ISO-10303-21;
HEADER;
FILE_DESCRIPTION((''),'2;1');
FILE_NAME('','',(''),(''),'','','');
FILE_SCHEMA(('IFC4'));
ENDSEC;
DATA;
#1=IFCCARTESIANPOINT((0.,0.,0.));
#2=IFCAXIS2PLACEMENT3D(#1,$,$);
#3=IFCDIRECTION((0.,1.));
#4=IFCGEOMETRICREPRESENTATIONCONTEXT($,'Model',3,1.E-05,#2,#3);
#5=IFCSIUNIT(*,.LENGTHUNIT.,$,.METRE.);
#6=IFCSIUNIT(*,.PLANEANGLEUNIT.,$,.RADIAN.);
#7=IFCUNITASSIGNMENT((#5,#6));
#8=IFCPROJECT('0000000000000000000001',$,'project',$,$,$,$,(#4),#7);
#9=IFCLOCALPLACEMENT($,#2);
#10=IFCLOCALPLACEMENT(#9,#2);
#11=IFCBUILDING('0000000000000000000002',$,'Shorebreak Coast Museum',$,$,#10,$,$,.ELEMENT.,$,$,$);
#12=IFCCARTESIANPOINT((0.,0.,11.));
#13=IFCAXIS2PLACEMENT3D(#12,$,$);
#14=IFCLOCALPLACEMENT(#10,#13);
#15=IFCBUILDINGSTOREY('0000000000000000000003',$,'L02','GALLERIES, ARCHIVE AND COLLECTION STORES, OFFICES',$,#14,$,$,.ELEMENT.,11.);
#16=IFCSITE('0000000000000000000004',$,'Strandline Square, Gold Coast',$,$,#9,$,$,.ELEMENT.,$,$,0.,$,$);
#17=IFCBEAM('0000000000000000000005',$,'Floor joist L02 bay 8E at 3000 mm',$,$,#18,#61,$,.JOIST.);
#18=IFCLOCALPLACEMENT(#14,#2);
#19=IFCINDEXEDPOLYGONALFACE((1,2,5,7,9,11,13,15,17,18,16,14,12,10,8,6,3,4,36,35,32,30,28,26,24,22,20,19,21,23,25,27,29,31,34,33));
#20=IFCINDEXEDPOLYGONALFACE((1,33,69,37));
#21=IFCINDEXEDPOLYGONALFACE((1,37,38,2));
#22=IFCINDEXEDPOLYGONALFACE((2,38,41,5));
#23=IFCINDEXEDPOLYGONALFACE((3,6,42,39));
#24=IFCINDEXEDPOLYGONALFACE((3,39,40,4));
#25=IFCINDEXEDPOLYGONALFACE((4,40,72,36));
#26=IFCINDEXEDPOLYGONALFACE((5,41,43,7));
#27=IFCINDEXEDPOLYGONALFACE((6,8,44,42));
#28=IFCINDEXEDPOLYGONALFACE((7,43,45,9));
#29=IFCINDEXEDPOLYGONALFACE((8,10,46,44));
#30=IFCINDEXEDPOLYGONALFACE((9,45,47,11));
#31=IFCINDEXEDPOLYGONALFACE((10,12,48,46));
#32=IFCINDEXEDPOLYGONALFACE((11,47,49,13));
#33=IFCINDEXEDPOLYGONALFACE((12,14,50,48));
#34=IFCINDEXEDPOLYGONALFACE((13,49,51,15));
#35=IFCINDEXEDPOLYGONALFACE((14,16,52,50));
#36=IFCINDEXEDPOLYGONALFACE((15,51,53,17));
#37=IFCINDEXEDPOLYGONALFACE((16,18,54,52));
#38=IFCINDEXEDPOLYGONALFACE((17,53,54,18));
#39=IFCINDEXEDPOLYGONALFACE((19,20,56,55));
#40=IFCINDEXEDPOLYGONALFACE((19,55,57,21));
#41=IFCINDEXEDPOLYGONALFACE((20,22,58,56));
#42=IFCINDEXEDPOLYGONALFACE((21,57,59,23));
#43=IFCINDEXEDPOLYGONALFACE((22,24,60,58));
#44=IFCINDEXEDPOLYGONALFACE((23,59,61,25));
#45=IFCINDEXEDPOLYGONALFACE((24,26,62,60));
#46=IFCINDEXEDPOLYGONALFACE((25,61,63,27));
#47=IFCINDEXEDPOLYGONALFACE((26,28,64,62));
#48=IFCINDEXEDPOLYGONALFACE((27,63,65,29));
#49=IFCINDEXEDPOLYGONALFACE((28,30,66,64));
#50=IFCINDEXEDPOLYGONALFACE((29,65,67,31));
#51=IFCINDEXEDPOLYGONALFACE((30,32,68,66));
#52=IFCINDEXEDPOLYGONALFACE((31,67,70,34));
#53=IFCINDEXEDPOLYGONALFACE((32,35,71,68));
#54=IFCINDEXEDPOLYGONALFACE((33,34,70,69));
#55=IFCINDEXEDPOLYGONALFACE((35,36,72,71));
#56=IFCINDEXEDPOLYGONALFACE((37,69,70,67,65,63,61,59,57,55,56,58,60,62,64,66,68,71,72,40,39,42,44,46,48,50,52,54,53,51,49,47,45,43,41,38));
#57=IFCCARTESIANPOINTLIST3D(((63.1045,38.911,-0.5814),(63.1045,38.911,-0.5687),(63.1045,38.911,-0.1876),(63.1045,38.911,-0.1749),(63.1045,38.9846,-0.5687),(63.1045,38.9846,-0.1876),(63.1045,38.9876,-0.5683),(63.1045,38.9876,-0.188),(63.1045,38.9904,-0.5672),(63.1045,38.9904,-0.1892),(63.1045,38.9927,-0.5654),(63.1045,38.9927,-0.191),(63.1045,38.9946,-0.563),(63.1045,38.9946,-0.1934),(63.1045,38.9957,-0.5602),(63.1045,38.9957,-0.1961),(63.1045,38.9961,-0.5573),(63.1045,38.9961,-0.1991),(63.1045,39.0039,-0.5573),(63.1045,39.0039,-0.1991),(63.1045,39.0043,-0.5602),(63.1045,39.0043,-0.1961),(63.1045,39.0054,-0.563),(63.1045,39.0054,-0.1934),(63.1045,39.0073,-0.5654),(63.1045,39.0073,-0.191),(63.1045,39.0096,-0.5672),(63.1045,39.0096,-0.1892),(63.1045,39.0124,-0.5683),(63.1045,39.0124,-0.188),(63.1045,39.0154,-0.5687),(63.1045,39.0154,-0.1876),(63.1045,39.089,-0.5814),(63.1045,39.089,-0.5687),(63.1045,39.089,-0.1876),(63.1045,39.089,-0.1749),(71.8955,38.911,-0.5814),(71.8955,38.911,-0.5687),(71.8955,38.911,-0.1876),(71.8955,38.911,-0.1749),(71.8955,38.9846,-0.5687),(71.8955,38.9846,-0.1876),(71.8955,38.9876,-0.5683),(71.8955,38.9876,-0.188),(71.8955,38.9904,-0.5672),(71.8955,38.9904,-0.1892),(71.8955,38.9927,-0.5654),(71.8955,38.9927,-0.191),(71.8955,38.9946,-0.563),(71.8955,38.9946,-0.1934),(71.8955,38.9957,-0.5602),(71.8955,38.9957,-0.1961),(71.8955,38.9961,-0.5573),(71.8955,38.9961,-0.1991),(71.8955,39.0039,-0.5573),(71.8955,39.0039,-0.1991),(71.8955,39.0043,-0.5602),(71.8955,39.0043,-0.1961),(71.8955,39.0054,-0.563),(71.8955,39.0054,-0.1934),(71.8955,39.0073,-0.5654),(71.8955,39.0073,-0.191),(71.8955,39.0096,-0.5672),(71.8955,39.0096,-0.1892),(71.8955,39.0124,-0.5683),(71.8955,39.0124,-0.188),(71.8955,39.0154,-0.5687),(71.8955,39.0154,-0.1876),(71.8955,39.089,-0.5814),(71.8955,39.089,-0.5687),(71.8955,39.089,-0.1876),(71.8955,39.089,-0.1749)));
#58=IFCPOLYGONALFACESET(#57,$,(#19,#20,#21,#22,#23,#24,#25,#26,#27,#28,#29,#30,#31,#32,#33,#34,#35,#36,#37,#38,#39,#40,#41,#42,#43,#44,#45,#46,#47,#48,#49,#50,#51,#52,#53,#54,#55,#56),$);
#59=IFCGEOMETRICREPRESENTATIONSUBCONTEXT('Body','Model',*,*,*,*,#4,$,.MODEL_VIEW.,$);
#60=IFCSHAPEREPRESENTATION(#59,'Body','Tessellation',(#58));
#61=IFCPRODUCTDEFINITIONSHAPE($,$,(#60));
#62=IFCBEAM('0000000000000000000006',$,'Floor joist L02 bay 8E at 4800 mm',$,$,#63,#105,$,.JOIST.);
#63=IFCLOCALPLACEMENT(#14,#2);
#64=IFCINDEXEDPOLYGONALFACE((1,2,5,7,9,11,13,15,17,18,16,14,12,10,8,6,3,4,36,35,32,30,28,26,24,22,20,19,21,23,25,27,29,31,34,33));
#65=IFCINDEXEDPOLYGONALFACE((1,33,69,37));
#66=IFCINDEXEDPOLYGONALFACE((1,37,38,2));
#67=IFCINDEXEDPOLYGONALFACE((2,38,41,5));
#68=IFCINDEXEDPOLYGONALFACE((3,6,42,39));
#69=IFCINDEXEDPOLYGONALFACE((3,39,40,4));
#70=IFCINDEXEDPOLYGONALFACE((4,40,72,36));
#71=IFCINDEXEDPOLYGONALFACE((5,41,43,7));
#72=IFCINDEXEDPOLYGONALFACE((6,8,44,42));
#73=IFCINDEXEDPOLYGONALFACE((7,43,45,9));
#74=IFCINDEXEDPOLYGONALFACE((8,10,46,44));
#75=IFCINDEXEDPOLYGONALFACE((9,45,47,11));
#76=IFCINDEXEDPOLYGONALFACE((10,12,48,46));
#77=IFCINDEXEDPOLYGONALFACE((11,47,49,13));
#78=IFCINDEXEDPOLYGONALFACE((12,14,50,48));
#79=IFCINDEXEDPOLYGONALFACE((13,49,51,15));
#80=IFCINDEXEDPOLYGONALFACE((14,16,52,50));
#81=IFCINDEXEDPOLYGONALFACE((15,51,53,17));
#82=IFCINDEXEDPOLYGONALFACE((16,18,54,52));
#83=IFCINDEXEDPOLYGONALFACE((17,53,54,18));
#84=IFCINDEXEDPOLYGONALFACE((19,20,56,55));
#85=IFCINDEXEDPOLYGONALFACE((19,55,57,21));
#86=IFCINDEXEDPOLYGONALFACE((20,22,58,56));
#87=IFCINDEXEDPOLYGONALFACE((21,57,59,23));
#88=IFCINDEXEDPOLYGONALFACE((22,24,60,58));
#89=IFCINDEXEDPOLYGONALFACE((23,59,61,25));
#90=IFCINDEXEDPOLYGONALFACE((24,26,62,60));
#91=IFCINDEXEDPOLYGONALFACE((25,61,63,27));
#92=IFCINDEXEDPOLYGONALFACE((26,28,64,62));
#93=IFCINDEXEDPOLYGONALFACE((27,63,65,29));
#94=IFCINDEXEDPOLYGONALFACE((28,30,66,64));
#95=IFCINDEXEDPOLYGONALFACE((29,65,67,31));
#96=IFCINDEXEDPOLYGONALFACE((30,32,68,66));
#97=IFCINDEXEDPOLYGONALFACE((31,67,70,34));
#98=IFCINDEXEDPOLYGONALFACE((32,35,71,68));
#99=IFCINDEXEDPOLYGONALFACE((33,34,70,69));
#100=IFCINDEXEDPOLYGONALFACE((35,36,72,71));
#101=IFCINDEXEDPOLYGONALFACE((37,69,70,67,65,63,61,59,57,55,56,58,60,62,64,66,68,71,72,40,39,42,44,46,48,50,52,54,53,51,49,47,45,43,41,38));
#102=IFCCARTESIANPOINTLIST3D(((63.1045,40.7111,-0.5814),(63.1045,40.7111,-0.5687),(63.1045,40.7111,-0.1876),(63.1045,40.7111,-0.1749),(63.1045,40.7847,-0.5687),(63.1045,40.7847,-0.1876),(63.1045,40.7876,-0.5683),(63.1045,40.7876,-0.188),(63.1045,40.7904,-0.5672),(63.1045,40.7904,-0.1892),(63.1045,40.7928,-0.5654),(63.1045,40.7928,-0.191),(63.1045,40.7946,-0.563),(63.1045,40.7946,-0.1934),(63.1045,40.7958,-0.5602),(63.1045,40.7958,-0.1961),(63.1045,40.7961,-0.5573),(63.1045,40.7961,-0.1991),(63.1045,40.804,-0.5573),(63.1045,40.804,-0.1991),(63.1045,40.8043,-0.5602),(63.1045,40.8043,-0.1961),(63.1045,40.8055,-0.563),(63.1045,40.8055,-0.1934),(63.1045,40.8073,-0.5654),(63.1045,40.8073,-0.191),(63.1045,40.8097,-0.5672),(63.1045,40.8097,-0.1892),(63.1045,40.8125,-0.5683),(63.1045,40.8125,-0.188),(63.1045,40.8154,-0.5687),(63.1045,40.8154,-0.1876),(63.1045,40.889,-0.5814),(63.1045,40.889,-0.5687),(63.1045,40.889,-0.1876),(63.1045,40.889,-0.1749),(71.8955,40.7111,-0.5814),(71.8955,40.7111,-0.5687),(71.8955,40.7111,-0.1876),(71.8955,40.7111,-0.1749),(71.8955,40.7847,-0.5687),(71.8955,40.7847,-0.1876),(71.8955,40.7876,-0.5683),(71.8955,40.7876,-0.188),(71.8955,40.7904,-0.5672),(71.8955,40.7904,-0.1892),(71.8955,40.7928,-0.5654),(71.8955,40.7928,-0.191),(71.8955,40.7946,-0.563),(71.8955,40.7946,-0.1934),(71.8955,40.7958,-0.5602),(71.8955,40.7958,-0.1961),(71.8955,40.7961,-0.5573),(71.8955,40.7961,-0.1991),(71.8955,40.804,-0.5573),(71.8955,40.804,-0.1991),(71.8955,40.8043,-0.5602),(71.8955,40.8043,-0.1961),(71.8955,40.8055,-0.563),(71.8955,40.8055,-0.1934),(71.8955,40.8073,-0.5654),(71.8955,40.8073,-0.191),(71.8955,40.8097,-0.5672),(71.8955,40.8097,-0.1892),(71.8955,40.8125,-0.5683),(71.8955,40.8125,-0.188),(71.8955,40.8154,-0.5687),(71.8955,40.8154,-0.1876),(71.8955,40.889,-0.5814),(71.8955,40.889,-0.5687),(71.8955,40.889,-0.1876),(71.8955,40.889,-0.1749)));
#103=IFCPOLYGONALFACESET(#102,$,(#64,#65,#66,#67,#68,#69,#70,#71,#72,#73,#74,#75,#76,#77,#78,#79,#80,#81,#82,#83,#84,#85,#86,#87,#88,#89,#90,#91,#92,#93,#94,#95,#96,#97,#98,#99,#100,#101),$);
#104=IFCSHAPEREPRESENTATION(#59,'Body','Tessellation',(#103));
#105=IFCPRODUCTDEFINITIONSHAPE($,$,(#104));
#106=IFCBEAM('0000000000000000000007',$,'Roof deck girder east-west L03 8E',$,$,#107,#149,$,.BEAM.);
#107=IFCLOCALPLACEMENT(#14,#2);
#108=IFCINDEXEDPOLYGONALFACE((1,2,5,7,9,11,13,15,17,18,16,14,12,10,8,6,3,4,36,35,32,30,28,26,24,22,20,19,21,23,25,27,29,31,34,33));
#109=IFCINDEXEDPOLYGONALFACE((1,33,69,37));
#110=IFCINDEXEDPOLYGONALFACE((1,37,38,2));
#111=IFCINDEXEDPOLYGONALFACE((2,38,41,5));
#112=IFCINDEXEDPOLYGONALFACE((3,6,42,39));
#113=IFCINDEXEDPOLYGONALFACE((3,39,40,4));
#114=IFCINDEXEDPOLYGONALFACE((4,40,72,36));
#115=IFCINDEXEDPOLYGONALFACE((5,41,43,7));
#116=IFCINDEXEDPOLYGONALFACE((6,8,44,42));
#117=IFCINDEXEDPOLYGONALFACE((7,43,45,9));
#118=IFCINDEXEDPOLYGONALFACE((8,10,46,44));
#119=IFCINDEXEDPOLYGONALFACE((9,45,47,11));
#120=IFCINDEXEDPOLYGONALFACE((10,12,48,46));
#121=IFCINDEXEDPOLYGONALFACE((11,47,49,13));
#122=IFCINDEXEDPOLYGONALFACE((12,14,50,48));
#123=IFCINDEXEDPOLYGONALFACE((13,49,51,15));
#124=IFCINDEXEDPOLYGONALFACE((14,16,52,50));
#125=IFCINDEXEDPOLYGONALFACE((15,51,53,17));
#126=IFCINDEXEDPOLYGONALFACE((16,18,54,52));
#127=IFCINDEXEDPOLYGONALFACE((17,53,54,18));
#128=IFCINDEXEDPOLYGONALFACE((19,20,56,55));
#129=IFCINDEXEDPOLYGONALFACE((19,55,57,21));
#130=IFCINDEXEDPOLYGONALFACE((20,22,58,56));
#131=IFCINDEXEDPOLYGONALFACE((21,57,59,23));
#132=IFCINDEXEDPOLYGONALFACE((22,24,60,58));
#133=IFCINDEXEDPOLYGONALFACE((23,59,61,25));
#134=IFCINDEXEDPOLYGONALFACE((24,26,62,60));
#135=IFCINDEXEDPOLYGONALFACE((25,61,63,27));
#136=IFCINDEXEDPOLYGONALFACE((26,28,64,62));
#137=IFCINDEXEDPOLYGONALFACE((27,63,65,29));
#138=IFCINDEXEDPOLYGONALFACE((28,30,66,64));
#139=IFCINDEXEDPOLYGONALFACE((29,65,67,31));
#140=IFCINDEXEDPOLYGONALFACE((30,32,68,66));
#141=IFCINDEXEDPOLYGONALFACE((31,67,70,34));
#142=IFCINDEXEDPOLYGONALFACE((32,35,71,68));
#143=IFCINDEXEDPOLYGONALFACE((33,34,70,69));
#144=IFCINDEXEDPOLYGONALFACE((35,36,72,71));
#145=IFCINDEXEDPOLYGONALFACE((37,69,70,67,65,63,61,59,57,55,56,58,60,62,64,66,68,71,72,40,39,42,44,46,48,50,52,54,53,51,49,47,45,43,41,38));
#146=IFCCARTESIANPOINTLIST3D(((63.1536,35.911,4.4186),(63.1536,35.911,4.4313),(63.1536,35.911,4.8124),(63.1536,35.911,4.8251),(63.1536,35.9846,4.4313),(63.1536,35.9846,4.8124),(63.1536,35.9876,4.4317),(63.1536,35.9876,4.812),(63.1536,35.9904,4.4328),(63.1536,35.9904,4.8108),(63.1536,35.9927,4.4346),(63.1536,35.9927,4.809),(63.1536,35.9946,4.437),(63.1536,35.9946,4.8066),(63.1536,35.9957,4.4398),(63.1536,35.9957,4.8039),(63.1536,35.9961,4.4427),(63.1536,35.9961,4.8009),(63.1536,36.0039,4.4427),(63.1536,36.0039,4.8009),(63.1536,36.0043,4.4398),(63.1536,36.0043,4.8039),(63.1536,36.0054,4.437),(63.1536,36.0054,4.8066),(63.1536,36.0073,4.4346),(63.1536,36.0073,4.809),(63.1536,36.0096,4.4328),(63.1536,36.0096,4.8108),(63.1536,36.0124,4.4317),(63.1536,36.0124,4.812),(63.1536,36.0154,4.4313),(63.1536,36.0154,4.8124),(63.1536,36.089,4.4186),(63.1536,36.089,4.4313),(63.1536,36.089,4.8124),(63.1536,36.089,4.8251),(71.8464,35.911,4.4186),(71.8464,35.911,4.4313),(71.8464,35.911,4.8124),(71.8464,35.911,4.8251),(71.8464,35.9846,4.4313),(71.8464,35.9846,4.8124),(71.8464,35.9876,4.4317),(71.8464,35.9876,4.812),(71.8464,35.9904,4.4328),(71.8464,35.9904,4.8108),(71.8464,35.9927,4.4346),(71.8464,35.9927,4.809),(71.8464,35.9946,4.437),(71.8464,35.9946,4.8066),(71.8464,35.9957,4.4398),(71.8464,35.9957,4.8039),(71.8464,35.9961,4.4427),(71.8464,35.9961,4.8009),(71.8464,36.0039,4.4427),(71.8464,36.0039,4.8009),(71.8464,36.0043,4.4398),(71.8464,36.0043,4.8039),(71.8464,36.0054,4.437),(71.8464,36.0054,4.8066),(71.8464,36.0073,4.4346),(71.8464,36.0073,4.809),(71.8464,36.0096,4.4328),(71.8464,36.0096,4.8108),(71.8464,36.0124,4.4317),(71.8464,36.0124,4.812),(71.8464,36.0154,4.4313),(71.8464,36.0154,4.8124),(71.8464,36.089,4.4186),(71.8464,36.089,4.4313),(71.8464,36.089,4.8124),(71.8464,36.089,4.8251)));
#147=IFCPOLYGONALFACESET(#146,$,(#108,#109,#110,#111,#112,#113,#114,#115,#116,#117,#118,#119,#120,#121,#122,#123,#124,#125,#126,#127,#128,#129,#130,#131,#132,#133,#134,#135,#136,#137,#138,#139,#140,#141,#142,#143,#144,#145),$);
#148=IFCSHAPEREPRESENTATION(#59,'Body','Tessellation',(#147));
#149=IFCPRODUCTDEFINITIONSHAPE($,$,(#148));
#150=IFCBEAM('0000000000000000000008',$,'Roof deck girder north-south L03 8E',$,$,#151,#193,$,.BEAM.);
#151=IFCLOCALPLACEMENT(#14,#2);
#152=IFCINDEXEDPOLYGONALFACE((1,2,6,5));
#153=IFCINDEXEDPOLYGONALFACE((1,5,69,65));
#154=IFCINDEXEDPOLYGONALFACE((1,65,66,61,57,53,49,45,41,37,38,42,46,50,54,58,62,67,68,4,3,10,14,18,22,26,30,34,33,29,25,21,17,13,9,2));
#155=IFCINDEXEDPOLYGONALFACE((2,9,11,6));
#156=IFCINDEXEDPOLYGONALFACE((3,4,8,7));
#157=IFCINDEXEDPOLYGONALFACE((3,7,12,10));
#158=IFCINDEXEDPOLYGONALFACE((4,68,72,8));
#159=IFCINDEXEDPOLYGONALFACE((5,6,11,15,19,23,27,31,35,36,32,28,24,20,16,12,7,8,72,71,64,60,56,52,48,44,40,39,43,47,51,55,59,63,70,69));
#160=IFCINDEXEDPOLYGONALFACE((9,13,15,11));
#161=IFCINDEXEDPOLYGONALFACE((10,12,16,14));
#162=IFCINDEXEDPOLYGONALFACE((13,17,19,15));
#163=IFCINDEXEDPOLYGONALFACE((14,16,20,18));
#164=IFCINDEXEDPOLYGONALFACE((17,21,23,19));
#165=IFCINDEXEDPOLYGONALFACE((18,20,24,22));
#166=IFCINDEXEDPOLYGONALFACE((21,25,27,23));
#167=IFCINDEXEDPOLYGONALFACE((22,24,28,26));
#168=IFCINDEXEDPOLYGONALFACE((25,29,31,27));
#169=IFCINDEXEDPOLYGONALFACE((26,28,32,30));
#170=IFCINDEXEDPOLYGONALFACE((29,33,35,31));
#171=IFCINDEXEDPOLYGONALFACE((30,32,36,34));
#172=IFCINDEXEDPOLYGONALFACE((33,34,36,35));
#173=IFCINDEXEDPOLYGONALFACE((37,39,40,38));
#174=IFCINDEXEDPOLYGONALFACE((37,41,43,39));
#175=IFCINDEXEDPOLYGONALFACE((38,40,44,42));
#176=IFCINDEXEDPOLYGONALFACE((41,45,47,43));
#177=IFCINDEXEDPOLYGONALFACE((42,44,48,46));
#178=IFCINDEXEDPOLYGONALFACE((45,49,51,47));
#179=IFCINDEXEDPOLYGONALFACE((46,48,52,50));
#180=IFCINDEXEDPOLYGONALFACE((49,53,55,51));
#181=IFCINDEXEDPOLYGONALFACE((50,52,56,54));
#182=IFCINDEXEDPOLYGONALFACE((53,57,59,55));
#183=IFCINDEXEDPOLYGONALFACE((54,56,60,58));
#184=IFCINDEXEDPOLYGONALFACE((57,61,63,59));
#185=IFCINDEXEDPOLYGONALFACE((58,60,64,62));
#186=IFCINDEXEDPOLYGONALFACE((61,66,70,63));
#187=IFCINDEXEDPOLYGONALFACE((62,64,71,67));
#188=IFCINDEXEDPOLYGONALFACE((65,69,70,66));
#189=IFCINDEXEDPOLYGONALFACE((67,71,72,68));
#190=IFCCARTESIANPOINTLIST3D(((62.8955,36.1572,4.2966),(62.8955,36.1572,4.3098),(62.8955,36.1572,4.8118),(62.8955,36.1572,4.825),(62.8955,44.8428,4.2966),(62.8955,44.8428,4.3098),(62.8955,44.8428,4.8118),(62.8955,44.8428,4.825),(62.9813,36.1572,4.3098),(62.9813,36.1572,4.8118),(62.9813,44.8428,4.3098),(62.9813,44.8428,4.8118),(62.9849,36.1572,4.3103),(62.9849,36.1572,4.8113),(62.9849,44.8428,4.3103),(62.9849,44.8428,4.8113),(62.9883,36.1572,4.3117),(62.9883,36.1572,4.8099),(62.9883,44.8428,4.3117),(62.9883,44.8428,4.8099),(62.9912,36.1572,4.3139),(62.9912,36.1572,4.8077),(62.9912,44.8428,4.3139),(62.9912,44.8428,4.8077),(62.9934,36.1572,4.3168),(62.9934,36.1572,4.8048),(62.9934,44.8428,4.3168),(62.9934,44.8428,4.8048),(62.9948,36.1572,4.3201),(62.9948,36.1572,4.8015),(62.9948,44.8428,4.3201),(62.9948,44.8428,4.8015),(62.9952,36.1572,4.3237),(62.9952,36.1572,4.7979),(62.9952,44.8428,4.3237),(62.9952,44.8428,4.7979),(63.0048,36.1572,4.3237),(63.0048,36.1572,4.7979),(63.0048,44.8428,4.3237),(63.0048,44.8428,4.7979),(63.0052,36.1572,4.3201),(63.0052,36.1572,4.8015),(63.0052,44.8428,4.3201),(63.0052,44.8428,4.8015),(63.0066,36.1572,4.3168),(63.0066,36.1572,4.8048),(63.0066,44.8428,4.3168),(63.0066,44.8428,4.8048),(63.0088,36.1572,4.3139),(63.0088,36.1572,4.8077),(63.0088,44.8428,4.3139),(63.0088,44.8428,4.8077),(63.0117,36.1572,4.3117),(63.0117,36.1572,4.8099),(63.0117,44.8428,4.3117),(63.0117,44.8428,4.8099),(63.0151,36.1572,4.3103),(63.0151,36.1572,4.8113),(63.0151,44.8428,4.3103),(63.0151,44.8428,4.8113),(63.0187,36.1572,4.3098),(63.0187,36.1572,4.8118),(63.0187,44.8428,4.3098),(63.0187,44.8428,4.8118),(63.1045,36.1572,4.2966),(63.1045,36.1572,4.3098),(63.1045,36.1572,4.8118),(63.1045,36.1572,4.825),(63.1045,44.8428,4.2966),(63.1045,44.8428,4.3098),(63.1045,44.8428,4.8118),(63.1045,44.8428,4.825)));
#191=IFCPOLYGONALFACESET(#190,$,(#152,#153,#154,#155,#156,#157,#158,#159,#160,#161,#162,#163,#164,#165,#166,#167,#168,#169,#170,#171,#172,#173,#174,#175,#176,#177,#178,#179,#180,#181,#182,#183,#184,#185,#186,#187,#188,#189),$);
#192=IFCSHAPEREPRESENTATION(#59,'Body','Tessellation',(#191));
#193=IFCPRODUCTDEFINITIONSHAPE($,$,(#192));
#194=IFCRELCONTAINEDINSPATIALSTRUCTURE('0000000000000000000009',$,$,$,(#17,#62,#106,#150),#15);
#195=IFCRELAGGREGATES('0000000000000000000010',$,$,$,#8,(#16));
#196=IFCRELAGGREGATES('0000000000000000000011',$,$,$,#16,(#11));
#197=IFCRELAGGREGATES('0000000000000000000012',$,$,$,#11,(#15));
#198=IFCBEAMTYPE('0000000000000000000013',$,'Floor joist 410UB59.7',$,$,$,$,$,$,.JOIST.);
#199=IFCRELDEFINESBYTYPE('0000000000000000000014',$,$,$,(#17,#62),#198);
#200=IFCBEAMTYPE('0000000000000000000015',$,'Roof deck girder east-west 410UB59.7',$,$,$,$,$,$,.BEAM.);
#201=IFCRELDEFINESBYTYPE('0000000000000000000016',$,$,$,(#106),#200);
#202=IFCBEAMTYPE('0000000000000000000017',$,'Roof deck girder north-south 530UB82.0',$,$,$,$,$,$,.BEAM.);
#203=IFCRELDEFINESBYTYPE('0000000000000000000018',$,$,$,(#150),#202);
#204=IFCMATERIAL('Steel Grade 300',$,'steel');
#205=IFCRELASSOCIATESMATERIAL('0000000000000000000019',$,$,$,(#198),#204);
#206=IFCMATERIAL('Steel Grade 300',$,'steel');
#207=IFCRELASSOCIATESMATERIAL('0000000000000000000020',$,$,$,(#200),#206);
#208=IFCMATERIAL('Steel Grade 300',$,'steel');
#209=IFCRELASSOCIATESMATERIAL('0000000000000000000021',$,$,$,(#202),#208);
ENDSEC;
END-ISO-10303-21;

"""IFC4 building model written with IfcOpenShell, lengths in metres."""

from ifc_helpers import new_model, si_unit, direction, frame, origin, origin_2d, place, context, subcontext, project, spatial, i_section, extrude, material, material_profile, profile_set, type_object, element, save


model = new_model("IFC4")

# Units and contexts
model_context = context("Model", 3, precision=1e-05, world=origin(), true_north=direction((0.0, 1.0)))
body_context = subcontext(model_context, "Body", "Model", "MODEL_VIEW")
ifc_project = project(units=[si_unit("LENGTHUNIT", "METRE"), si_unit("PLANEANGLEUNIT", "RADIAN")], contexts=[model_context])

# Site, building, storey
site_placement = place(None, origin())
site = spatial("IfcSite", under=ifc_project, at=site_placement, Name="Strandline Square, Gold Coast", CompositionType="ELEMENT", RefElevation=0.0)
building_placement = place(site_placement, origin())
building = spatial("IfcBuilding", under=site, at=building_placement, Name="Shorebreak Coast Museum", CompositionType="ELEMENT")
storey_placement = place(building_placement, frame((0.0, 0.0, 11.0)))
storey = spatial("IfcBuildingStorey", under=building, at=storey_placement, Name="L02", Description="GALLERIES, ARCHIVE AND COLLECTION STORES, OFFICES", CompositionType="ELEMENT", Elevation=11.0)

# Beams
ifc_material_1 = material(Name="Steel Grade 300", Category="steel")
ifc_material_profile_1 = material_profile(ifc_material_1, i_section(OverallWidth=0.178, OverallDepth=0.4065, WebThickness=0.0078, FlangeThickness=0.0127, FilletRadius=0.0115, at=origin_2d()), Name="410UB59.7")
ifc_profile_set_1 = profile_set([ifc_material_profile_1], Name="Steel Grade 300")
beam_type_1 = type_object("IfcBeamType", Name="Floor joist 410UB59.7", PredefinedType="JOIST", material=ifc_profile_set_1)
for number, where, z_axis, x_axis, name in (
    (1, (63.1045, 39.0, -0.3782), (1.0, 0.0, 0.0), (0.0, 1.0, 0.0), "Floor joist L02 bay 8E at 3000 mm"),
    (2, (63.1045, 40.8, -0.3782), (1.0, 0.0, 0.0), (0.0, 1.0, 0.0), "Floor joist L02 bay 8E at 4800 mm"),
):
    element("IfcBeam", number, at=place(storey_placement, frame(where, z_axis=z_axis, x_axis=x_axis)), inside=storey, type_object=beam_type_1, Name=name, PredefinedType="JOIST", context=body_context, shape_type="SweptSolid", body=[
        extrude(i_section(OverallWidth=0.178, OverallDepth=0.4065, WebThickness=0.0078, FlangeThickness=0.0127, FilletRadius=0.0115, at=origin_2d()), origin(), (0.0, 0.0, 1.0), 8.791),
    ])
ifc_material_2 = material(Name="Steel Grade 300", Category="steel")
ifc_material_profile_2 = material_profile(ifc_material_2, i_section(OverallWidth=0.178, OverallDepth=0.4065, WebThickness=0.0078, FlangeThickness=0.0127, FilletRadius=0.0115, at=origin_2d()), Name="410UB59.7")
ifc_profile_set_2 = profile_set([ifc_material_profile_2], Name="Steel Grade 300")
beam_type_2 = type_object("IfcBeamType", Name="Roof deck girder east-west 410UB59.7", PredefinedType="BEAM", material=ifc_profile_set_2)
beam_1_placement = place(storey_placement, frame((63.1536, 36.0, 4.6218), z_axis=(1.0, 0.0, 0.0), x_axis=(0.0, 1.0, 0.0)))
element("IfcBeam", 3, at=beam_1_placement, inside=storey, type_object=beam_type_2, Name="Roof deck girder east-west L03 8E", PredefinedType="BEAM", context=body_context, shape_type="SweptSolid", body=[
    extrude(i_section(OverallWidth=0.178, OverallDepth=0.4065, WebThickness=0.0078, FlangeThickness=0.0127, FilletRadius=0.0115, at=origin_2d()), origin(), (0.0, 0.0, 1.0), 8.6929),
])
ifc_material_3 = material(Name="Steel Grade 300", Category="steel")
ifc_material_profile_3 = material_profile(ifc_material_3, i_section(OverallWidth=0.209, OverallDepth=0.5283, WebThickness=0.0095, FlangeThickness=0.0132, FilletRadius=0.0139, at=origin_2d()), Name="530UB82.0")
ifc_profile_set_3 = profile_set([ifc_material_profile_3], Name="Steel Grade 300")
beam_type_3 = type_object("IfcBeamType", Name="Roof deck girder north-south 530UB82.0", PredefinedType="BEAM", material=ifc_profile_set_3)
beam_2_placement = place(storey_placement, frame((63.0, 36.1572, 4.5608), z_axis=(0.0, 1.0, 0.0), x_axis=(-1.0, 0.0, 0.0)))
element("IfcBeam", 4, at=beam_2_placement, inside=storey, type_object=beam_type_3, Name="Roof deck girder north-south L03 8E", PredefinedType="BEAM", context=body_context, shape_type="SweptSolid", body=[
    extrude(i_section(OverallWidth=0.209, OverallDepth=0.5283, WebThickness=0.0095, FlangeThickness=0.0132, FilletRadius=0.0139, at=origin_2d()), origin(), (0.0, 0.0, 1.0), 8.6855),
])

save(model, "model.ifc")
